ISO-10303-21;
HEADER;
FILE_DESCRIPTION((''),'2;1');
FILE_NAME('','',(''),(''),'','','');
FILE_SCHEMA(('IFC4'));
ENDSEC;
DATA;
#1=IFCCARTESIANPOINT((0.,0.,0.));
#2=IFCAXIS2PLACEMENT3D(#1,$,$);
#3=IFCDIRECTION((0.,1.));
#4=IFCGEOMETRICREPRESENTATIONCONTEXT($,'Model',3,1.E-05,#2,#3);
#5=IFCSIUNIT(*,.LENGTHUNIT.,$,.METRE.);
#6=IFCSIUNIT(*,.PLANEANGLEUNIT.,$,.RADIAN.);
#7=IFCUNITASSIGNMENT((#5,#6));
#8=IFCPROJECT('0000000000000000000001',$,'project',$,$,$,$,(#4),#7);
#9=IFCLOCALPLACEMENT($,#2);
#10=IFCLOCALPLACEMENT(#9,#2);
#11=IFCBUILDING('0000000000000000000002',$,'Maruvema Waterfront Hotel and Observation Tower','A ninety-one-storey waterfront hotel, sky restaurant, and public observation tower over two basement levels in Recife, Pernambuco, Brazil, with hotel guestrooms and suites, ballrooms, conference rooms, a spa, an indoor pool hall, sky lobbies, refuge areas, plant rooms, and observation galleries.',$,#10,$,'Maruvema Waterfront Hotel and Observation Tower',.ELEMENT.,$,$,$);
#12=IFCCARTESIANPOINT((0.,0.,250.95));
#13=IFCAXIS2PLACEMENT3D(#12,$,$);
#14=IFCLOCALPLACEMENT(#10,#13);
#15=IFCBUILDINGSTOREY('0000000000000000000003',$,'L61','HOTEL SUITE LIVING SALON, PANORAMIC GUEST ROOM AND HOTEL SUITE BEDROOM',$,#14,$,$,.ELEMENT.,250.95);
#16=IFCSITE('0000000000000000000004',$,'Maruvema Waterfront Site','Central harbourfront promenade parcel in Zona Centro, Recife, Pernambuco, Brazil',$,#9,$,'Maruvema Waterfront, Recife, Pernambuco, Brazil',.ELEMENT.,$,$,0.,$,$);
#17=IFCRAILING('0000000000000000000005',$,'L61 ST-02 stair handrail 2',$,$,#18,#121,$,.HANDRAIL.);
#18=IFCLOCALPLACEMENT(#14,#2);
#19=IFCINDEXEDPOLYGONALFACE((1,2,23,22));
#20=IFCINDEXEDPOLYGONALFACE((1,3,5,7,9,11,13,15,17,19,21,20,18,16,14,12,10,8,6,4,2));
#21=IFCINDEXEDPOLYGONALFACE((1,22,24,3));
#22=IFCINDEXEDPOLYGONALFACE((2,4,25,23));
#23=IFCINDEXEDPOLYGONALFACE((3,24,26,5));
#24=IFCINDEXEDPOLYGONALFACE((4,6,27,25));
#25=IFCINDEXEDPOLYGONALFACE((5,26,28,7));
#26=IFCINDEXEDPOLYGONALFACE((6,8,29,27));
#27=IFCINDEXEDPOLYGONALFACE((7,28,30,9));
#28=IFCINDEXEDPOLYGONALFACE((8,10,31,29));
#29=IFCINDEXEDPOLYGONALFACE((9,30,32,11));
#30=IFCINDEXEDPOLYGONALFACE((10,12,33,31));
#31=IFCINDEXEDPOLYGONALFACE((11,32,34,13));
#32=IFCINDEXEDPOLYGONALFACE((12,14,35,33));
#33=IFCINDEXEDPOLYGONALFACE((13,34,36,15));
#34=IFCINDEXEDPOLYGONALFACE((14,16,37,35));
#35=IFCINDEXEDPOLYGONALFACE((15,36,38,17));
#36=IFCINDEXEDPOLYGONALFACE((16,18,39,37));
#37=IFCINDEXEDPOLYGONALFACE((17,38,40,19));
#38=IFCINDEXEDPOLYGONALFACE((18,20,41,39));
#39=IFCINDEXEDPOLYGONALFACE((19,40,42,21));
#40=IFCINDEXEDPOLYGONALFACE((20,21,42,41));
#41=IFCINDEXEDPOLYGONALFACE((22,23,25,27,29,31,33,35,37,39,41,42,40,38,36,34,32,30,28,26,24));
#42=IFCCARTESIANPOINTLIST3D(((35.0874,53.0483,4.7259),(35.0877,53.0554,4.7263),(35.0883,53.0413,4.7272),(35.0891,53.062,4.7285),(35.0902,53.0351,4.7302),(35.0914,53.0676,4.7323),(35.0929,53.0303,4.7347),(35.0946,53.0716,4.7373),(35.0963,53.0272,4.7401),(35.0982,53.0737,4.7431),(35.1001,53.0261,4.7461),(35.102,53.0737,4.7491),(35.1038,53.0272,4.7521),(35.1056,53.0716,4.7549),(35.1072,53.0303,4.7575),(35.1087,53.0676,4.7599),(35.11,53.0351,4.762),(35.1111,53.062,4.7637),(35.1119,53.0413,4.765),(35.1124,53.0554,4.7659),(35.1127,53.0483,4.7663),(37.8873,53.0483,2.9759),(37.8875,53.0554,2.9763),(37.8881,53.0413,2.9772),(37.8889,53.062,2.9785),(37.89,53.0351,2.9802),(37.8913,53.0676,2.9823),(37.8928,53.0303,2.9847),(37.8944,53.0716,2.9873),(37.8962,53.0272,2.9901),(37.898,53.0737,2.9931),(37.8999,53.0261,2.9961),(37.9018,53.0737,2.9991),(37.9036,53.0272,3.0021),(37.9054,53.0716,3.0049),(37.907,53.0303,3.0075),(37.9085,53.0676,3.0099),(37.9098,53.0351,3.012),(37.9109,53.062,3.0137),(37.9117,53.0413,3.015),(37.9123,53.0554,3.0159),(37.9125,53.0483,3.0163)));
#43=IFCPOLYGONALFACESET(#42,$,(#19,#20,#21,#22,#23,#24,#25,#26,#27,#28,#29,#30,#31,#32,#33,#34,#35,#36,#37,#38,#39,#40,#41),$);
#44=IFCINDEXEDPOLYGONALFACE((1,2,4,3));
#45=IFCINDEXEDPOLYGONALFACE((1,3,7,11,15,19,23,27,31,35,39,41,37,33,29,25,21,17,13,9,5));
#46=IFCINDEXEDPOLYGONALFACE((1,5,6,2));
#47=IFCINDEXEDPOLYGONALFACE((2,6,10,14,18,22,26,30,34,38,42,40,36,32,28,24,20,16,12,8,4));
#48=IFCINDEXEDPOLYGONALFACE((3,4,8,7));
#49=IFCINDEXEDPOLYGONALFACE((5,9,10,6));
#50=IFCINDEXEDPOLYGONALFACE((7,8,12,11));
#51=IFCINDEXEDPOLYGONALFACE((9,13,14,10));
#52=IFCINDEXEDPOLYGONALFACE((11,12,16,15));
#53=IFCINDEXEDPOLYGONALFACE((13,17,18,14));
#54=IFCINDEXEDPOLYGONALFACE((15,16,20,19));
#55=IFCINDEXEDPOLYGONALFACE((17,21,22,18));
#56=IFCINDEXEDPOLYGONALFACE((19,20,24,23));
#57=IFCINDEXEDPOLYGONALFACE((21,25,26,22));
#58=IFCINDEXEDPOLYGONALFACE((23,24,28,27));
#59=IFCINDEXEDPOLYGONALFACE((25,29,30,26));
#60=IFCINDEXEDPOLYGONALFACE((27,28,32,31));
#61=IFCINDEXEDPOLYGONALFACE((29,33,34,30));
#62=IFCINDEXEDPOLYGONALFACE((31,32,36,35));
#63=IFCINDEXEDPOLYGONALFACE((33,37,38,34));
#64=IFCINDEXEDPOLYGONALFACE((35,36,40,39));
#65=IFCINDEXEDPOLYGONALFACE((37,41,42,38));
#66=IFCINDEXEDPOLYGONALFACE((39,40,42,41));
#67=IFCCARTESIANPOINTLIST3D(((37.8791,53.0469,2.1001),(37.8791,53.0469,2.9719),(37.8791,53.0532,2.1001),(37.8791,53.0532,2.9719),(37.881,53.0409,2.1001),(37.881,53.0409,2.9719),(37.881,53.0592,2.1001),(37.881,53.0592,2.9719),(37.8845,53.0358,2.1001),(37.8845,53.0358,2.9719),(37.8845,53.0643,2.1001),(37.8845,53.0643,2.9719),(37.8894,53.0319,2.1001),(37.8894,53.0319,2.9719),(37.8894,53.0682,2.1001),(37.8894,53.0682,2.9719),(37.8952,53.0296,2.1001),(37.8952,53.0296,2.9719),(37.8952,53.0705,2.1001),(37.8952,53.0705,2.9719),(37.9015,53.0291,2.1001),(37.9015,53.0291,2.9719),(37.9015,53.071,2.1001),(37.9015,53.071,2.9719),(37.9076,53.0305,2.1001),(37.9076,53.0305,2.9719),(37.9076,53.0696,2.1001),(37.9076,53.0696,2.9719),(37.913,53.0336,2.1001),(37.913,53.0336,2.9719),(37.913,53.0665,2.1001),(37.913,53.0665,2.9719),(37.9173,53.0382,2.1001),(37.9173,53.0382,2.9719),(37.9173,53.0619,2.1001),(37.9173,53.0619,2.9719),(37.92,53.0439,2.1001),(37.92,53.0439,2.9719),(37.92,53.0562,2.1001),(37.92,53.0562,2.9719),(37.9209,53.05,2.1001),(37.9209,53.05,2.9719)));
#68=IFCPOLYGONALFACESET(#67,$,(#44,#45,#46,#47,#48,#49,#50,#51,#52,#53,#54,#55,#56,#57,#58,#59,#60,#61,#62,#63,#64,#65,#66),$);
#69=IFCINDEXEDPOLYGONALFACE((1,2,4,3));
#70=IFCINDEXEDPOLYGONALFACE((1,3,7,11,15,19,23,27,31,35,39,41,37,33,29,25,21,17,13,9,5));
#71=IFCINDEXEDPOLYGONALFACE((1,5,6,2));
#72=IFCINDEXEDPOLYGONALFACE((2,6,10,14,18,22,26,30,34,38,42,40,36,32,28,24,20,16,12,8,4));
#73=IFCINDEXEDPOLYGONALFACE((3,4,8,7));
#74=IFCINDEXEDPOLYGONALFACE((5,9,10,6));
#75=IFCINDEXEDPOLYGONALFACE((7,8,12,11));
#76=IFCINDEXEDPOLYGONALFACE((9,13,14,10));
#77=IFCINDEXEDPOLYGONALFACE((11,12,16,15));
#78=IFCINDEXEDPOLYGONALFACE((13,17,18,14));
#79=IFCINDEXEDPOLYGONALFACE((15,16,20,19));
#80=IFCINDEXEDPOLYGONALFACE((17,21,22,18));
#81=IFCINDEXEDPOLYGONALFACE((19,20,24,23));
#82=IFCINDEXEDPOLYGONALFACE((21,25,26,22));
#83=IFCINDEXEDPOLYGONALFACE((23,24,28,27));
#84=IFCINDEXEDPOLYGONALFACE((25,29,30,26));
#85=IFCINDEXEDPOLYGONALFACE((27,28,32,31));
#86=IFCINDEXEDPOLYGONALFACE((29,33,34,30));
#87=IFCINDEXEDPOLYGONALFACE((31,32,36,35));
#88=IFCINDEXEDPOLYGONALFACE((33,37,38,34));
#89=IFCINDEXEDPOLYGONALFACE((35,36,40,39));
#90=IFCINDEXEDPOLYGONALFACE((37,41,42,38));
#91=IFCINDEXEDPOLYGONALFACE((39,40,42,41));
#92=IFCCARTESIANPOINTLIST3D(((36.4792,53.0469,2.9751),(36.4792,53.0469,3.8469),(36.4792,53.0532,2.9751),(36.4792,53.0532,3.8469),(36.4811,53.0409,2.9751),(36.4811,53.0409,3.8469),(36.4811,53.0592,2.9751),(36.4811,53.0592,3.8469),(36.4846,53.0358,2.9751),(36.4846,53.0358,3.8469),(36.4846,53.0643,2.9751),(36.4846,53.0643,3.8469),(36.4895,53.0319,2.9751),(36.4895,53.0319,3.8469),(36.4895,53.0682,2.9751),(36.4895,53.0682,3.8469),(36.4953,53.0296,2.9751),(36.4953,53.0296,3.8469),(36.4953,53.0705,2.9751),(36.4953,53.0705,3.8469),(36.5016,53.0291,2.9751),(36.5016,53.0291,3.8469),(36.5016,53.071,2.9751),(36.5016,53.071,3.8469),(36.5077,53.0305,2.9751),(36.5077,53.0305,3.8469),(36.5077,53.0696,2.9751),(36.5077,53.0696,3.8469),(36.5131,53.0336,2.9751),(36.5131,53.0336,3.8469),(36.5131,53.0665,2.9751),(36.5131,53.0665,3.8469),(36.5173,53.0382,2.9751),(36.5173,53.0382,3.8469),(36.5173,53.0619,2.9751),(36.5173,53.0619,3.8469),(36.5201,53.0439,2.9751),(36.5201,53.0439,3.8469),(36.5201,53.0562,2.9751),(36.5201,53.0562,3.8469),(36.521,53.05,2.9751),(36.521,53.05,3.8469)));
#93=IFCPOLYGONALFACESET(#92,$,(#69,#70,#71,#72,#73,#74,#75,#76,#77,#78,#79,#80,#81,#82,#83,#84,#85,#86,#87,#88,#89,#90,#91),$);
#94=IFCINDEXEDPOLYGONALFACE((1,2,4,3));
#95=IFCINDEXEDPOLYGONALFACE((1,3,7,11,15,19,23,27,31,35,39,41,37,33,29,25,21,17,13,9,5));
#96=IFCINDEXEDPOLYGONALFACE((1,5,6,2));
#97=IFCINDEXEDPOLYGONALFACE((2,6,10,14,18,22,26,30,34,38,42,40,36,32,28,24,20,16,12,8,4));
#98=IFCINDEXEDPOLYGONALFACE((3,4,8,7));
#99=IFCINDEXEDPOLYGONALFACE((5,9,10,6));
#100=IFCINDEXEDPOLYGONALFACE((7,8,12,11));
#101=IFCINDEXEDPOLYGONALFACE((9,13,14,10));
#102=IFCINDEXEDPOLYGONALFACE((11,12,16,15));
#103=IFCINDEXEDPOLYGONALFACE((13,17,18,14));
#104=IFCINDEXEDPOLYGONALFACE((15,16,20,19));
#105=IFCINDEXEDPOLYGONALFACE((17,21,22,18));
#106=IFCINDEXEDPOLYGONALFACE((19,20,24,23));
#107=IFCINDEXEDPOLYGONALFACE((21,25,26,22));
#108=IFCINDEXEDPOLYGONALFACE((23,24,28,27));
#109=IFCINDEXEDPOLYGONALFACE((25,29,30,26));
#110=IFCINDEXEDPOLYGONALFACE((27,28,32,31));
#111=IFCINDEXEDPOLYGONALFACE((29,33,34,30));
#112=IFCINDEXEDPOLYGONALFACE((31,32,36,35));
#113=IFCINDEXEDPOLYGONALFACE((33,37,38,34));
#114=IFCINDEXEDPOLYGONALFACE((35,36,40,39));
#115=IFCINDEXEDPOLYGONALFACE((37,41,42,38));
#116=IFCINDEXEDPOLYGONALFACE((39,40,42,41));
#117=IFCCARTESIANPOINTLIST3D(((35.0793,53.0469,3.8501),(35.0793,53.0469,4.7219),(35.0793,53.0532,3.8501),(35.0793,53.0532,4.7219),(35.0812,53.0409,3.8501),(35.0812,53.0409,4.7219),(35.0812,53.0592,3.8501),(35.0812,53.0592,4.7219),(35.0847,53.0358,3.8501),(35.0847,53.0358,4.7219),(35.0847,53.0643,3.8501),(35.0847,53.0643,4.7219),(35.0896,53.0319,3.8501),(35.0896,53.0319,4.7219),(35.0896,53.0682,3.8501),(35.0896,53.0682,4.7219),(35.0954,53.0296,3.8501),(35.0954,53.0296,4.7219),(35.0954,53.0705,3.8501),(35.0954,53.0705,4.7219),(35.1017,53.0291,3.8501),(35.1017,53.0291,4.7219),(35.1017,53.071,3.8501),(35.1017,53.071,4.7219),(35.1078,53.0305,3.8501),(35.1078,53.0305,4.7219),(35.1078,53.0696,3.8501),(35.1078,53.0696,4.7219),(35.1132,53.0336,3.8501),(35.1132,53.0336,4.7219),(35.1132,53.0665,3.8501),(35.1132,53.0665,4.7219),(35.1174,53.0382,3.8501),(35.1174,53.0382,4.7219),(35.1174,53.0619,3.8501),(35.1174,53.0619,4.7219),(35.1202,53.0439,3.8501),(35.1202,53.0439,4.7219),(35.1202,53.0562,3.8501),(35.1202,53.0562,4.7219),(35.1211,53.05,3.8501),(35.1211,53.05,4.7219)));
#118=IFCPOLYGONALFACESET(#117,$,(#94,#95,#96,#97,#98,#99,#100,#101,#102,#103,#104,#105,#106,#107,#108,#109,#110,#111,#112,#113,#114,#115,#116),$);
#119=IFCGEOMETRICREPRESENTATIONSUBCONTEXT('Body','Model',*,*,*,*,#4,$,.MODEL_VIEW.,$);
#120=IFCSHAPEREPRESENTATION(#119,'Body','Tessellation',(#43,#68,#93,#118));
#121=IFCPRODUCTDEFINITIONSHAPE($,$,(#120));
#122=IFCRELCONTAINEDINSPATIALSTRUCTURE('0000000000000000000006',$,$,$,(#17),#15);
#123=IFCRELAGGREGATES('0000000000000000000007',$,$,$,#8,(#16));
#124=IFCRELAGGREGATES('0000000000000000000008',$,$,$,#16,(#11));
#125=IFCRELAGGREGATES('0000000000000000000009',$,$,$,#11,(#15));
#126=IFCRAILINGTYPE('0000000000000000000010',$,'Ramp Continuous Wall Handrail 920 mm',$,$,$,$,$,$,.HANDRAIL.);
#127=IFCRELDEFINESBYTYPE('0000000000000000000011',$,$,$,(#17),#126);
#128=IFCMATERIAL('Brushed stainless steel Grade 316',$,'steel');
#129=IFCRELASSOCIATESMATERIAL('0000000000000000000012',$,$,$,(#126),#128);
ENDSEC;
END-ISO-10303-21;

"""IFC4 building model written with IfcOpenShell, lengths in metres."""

from ifc_helpers import new_model, si_unit, direction, frame, origin, origin_2d, place, context, subcontext, project, spatial, circle, extrude, material, type_object, element, save


model = new_model("IFC4")

# Units and contexts
model_context = context("Model", 3, precision=1e-05, world=origin(), true_north=direction((0.0, 1.0)))
body_context = subcontext(model_context, "Body", "Model", "MODEL_VIEW")
ifc_project = project(units=[si_unit("LENGTHUNIT", "METRE"), si_unit("PLANEANGLEUNIT", "RADIAN")], contexts=[model_context])

# Site, building, storey
site_placement = place(None, origin())
site = spatial("IfcSite", under=ifc_project, at=site_placement, Name="Maruvema Waterfront Site", Description="Central harbourfront promenade parcel in Zona Centro, Recife, Pernambuco, Brazil", LongName="Maruvema Waterfront, Recife, Pernambuco, Brazil", CompositionType="ELEMENT", RefElevation=0.0)
building_placement = place(site_placement, origin())
building = spatial("IfcBuilding", under=site, at=building_placement, Name="Maruvema Waterfront Hotel and Observation Tower", Description="A ninety-one-storey waterfront hotel, sky restaurant, and public observation tower over two basement levels in Recife, Pernambuco, Brazil, with hotel guestrooms and suites, ballrooms, conference rooms, a spa, an indoor pool hall, sky lobbies, refuge areas, plant rooms, and observation galleries.", LongName="Maruvema Waterfront Hotel and Observation Tower", CompositionType="ELEMENT")
storey_placement = place(building_placement, frame((0.0, 0.0, 250.95)))
storey = spatial("IfcBuildingStorey", under=building, at=storey_placement, Name="L61", Description="HOTEL SUITE LIVING SALON, PANORAMIC GUEST ROOM AND HOTEL SUITE BEDROOM", CompositionType="ELEMENT", Elevation=250.95)

# Railing
ifc_material_1 = material(Name="Brushed stainless steel Grade 316", Category="steel")
railing_type_1 = type_object("IfcRailingType", Name="Ramp Continuous Wall Handrail 920 mm", PredefinedType="HANDRAIL", material=ifc_material_1)
railing_1_placement = place(storey_placement, frame((37.8999, 53.05, 2.1001)))
element("IfcRailing", 1, at=railing_1_placement, inside=storey, type_object=railing_type_1, Name="L61 ST-02 stair handrail 2", PredefinedType="HANDRAIL", context=body_context, shape_type="SweptSolid", body=[
    extrude(circle(Radius=0.0239, at=origin_2d()), frame((0.0, 0.0, 0.896), z_axis=(-0.847982, 0.0, 0.530026), x_axis=(0.0, -1.0, 0.0)), (0.0, 0.0, 1.0), 3.3018),
    extrude(circle(Radius=0.021, at=origin_2d()), origin(), (0.0, 0.0, 1.0), 0.8718),
    extrude(circle(Radius=0.021, at=origin_2d()), frame((-1.3999, 0.0, 0.875)), (0.0, 0.0, 1.0), 0.8718),
    extrude(circle(Radius=0.021, at=origin_2d()), frame((-2.7998, 0.0, 1.75)), (0.0, 0.0, 1.0), 0.8718),
])

save(model, "model.ifc")
